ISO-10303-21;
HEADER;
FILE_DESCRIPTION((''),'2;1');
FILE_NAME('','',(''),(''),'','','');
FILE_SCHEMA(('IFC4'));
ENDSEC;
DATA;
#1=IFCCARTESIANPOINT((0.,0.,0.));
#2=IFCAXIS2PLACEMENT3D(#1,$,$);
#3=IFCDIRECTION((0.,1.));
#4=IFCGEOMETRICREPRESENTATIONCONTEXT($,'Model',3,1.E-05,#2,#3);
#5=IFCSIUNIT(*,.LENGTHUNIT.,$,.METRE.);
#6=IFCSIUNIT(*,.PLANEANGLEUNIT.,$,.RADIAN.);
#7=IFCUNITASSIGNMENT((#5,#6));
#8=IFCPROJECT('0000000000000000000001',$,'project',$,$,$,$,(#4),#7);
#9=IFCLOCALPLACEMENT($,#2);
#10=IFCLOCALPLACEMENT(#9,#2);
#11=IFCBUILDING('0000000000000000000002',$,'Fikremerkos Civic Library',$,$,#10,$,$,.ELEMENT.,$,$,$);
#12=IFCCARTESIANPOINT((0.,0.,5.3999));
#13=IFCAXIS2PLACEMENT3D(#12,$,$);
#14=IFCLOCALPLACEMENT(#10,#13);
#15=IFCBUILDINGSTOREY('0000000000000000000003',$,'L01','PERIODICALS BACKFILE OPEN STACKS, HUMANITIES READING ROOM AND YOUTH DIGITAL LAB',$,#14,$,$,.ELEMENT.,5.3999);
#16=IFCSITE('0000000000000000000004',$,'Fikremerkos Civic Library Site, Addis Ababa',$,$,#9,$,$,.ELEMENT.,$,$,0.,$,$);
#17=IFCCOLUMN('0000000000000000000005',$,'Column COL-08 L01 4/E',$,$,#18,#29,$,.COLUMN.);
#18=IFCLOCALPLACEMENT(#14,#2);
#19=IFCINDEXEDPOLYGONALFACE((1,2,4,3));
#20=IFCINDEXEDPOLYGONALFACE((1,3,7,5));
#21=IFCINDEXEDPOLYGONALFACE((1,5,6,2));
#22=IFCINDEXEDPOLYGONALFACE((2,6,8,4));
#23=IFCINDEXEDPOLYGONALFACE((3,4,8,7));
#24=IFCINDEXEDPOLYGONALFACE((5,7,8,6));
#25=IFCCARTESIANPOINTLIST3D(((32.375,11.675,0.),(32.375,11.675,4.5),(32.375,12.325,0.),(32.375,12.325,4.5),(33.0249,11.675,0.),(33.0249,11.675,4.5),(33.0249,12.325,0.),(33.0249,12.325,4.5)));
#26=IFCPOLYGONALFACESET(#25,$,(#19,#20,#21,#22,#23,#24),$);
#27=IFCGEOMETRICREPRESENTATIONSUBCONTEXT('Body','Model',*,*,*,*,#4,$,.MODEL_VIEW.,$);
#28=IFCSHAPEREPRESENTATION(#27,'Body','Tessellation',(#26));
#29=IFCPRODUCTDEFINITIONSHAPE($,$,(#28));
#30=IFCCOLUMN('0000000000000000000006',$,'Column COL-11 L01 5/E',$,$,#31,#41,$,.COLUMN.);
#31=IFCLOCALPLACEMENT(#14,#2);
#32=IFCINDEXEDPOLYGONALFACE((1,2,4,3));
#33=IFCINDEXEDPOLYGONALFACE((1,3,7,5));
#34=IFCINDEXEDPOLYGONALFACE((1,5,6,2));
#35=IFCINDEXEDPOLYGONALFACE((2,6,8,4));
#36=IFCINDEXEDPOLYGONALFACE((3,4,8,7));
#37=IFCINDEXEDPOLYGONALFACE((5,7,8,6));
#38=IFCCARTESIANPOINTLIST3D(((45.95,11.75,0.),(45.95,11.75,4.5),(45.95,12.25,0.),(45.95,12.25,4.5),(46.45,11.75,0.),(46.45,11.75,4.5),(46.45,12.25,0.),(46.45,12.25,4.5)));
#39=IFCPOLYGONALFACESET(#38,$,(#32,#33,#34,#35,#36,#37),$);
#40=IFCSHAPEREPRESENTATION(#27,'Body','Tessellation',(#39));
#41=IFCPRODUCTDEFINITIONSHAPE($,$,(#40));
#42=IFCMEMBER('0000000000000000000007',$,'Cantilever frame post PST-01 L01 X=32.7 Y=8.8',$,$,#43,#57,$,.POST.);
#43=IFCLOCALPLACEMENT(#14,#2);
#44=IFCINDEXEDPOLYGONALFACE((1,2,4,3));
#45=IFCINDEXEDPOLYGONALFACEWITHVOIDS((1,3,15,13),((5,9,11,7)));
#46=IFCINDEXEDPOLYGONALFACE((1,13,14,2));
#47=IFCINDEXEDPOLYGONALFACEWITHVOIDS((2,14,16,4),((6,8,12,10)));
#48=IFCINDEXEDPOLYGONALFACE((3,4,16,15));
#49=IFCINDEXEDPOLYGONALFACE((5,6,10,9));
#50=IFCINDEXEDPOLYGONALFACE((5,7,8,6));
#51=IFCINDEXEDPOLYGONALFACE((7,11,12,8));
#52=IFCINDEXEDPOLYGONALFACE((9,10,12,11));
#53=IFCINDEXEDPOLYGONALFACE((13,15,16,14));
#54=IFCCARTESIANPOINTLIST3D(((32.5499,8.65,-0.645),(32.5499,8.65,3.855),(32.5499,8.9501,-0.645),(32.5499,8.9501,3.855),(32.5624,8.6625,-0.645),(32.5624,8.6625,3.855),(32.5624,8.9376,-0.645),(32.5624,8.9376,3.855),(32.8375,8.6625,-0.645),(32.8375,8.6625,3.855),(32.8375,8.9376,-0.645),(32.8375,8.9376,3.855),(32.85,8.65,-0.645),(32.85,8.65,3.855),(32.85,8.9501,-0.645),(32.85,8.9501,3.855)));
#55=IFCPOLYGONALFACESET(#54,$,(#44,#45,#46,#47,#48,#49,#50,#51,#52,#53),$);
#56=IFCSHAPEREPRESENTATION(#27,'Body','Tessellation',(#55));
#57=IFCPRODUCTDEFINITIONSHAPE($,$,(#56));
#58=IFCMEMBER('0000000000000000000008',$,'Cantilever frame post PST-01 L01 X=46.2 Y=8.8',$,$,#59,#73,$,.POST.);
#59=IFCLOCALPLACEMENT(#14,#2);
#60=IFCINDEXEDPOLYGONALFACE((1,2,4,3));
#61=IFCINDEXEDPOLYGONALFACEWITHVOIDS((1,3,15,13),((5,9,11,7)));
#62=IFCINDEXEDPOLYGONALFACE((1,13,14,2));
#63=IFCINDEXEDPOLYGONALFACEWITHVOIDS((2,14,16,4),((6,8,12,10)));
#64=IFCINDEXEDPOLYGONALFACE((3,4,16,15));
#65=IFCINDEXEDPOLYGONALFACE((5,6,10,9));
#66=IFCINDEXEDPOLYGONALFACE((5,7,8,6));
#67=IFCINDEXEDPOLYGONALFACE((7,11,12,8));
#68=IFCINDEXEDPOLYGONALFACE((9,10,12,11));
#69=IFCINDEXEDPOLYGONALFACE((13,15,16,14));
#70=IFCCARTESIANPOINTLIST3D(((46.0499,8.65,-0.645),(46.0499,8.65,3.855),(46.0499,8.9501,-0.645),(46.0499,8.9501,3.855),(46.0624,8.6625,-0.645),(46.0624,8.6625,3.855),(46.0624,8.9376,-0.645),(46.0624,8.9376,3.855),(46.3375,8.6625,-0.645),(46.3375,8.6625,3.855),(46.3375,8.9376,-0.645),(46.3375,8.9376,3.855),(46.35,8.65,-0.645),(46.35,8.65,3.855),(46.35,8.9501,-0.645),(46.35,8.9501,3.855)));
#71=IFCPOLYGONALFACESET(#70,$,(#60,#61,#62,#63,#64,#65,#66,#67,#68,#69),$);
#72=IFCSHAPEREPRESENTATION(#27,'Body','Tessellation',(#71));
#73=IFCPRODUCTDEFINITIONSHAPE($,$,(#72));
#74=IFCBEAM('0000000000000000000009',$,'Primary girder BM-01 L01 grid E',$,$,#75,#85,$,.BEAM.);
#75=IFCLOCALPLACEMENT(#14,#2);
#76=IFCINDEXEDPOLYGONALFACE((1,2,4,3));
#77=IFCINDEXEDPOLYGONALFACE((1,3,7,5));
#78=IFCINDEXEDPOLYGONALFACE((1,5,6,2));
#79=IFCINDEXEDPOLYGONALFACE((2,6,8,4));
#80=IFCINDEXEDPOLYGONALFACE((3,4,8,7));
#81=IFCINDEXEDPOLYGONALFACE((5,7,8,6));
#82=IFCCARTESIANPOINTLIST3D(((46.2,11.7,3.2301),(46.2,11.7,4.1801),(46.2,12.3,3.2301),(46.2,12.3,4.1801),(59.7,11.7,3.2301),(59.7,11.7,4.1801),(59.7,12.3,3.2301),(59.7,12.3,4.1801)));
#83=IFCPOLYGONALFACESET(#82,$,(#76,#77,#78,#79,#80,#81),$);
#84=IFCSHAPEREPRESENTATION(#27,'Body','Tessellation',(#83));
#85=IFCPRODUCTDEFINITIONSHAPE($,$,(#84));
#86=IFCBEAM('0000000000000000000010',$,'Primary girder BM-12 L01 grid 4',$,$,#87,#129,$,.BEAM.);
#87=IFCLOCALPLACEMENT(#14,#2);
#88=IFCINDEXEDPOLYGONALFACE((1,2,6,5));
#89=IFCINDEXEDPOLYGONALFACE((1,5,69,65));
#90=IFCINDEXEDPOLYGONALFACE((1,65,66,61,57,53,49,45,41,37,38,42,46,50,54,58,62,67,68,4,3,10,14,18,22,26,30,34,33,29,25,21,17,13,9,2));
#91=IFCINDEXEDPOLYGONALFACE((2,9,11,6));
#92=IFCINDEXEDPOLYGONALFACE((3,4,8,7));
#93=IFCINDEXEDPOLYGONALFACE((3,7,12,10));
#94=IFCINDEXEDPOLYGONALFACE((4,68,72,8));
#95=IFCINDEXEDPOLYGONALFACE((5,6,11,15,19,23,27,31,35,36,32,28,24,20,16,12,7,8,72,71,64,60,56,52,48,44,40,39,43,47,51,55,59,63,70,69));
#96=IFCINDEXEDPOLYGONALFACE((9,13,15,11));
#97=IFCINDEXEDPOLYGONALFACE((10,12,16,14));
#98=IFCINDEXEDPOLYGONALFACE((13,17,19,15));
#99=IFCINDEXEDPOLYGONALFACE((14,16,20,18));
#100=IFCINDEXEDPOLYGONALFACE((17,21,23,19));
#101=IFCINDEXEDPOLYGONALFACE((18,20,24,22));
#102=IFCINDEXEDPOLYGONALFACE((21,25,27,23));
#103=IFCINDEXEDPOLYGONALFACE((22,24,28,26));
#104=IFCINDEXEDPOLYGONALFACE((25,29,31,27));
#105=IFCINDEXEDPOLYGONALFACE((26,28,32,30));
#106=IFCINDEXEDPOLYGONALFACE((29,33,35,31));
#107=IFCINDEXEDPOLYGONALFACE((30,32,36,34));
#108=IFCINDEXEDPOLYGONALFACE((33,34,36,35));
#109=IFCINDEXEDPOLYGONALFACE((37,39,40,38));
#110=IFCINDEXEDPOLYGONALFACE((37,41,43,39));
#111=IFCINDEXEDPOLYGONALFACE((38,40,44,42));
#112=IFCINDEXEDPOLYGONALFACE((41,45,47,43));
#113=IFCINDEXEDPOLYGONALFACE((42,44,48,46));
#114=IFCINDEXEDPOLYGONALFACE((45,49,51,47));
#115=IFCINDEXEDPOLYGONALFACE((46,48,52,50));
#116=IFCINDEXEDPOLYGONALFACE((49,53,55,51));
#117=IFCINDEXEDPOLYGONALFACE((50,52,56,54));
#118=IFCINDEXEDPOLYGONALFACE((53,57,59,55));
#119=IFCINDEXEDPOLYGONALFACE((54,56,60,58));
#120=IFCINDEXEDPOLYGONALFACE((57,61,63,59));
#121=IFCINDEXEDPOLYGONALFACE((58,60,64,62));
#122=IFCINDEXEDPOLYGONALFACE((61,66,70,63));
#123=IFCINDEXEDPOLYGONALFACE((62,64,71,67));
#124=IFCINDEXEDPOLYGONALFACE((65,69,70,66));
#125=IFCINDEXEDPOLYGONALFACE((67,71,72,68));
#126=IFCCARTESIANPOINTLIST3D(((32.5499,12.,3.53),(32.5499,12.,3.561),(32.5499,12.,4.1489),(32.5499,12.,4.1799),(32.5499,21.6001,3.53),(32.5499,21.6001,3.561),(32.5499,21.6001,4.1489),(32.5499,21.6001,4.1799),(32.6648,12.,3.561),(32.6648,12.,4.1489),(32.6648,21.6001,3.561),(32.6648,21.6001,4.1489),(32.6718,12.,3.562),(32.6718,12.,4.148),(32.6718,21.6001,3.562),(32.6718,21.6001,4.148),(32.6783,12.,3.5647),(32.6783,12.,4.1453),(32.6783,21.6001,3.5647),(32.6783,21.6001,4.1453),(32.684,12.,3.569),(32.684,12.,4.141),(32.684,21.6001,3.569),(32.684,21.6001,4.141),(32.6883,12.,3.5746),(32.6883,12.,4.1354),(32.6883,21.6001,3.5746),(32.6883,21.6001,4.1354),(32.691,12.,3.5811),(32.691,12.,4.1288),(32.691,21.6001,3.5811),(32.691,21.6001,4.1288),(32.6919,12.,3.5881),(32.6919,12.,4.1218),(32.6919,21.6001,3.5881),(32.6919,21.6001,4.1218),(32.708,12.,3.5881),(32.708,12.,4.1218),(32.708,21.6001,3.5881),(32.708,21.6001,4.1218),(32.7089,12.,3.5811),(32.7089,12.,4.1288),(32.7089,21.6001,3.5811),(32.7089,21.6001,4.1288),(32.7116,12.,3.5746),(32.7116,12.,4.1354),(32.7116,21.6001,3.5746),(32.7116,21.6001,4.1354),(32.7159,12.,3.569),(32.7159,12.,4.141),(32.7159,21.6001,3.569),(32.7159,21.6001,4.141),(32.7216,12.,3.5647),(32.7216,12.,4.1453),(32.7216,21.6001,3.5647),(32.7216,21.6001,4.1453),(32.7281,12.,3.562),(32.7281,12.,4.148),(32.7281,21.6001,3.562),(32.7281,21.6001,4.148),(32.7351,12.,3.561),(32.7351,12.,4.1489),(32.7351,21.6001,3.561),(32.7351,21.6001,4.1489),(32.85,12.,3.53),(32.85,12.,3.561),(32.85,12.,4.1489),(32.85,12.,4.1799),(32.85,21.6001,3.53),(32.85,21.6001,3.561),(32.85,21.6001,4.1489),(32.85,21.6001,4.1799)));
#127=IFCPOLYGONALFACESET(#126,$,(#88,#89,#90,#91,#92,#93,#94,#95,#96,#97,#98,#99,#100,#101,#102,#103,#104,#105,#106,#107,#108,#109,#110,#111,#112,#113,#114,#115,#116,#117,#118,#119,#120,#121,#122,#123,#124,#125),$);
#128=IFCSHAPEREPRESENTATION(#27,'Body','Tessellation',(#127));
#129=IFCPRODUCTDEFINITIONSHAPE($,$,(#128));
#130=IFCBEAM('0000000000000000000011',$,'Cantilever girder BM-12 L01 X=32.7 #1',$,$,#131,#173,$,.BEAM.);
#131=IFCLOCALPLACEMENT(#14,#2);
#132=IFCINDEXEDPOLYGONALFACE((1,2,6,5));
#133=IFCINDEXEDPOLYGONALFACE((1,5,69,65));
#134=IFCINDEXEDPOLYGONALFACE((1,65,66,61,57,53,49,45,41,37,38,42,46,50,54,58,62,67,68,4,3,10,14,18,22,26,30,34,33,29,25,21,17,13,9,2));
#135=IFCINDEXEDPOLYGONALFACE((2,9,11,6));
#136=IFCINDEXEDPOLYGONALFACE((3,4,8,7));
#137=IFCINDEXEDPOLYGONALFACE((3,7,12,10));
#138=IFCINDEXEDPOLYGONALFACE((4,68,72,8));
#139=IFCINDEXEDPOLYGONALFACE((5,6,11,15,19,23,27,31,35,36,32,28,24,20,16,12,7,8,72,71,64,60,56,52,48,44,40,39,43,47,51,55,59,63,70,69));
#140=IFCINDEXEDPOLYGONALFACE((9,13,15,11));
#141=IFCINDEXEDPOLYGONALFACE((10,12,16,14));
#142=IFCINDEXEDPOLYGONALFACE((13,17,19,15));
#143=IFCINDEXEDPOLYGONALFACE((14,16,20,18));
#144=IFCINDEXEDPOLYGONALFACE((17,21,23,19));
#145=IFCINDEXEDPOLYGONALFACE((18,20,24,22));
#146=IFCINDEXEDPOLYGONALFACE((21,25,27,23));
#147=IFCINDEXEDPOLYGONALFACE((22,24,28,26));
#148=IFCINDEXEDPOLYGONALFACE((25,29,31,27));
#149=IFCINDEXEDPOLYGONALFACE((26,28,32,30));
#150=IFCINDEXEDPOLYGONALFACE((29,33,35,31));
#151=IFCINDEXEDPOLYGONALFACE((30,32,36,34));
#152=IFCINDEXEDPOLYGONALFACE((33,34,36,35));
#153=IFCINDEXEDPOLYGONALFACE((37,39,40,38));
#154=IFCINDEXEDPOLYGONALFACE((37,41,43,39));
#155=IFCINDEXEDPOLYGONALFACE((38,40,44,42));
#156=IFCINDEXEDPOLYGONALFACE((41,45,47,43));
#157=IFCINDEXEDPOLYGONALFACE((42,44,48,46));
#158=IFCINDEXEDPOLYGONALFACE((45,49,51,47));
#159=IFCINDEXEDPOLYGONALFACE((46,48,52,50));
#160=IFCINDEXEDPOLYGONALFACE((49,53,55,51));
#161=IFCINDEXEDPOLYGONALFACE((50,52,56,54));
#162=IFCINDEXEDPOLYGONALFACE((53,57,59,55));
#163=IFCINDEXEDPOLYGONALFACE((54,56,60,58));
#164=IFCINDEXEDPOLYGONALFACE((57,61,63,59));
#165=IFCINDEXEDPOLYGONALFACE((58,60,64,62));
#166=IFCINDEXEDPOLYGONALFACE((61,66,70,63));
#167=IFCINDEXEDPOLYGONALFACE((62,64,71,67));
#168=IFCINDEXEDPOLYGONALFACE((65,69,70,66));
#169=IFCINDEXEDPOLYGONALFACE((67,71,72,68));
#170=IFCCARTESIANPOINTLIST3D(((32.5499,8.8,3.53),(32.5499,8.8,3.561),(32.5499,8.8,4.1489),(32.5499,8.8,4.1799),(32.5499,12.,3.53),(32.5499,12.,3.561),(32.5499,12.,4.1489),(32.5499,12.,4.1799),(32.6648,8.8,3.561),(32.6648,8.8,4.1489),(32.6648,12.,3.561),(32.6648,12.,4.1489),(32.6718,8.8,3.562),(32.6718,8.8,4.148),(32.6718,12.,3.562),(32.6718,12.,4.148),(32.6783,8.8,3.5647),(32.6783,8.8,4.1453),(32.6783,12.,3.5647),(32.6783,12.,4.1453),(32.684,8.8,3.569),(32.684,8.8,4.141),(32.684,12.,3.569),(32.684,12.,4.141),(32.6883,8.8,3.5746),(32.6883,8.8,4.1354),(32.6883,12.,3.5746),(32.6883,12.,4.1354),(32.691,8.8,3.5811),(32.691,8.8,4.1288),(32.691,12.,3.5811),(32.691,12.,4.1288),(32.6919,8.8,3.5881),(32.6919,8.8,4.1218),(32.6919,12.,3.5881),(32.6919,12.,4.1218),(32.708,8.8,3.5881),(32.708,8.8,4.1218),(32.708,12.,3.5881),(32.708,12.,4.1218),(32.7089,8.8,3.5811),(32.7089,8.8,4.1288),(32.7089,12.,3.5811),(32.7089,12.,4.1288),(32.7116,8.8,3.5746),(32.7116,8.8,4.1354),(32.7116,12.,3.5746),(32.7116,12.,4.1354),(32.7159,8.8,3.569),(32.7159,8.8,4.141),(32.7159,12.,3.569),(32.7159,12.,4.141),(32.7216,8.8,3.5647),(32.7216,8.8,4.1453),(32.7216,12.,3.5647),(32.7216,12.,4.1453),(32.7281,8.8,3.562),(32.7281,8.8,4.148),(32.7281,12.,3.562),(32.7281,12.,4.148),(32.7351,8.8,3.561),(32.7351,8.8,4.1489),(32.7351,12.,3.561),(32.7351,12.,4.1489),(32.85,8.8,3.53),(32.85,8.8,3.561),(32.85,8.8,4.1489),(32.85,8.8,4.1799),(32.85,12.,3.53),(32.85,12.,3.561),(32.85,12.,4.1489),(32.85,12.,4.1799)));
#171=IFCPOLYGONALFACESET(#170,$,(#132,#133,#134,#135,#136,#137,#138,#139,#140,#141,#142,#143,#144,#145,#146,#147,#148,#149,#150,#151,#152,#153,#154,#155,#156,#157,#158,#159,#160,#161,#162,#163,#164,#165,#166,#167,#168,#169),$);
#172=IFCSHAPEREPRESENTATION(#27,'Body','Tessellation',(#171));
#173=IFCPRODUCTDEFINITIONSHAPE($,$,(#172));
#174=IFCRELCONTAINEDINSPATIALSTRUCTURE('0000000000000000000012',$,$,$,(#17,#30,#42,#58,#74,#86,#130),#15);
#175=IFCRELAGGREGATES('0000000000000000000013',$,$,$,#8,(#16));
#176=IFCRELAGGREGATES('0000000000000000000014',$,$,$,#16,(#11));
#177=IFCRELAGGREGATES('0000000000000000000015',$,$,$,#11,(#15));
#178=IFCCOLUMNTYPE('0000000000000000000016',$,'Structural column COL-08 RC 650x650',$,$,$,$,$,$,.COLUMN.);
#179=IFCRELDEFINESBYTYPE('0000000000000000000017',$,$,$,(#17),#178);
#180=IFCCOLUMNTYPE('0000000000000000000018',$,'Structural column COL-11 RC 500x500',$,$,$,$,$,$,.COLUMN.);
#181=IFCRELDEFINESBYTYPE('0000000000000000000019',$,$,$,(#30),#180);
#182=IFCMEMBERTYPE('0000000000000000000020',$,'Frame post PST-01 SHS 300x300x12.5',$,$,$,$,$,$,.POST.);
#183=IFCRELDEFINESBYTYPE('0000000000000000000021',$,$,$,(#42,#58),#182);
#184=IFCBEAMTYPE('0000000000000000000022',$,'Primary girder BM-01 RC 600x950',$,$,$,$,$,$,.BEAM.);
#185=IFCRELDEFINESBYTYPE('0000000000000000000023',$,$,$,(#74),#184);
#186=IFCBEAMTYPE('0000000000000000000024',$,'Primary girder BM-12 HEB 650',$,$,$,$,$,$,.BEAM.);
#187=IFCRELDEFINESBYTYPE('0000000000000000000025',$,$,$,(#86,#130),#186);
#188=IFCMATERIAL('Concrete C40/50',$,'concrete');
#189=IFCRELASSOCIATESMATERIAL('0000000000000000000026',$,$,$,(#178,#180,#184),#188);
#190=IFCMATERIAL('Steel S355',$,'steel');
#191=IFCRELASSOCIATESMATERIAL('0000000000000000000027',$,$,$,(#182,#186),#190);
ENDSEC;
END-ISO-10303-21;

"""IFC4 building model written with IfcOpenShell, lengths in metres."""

from ifc_helpers import new_model, si_unit, direction, frame, origin, origin_2d, place, context, subcontext, project, spatial, rectangle, hollow_rectangle, i_section, extrude, material, material_profile, profile_set, type_object, element, save


model = new_model("IFC4")

# Units and contexts
model_context = context("Model", 3, precision=1e-05, world=origin(), true_north=direction((0.0, 1.0)))
body_context = subcontext(model_context, "Body", "Model", "MODEL_VIEW")
ifc_project = project(units=[si_unit("LENGTHUNIT", "METRE"), si_unit("PLANEANGLEUNIT", "RADIAN")], contexts=[model_context])

# Site, building, storey
site_placement = place(None, origin())
site = spatial("IfcSite", under=ifc_project, at=site_placement, Name="Fikremerkos Civic Library Site, Addis Ababa", CompositionType="ELEMENT", RefElevation=0.0)
building_placement = place(site_placement, origin())
building = spatial("IfcBuilding", under=site, at=building_placement, Name="Fikremerkos Civic Library", CompositionType="ELEMENT")
storey_placement = place(building_placement, frame((0.0, 0.0, 5.3999)))
storey = spatial("IfcBuildingStorey", under=building, at=storey_placement, Name="L01", Description="PERIODICALS BACKFILE OPEN STACKS, HUMANITIES READING ROOM AND YOUTH DIGITAL LAB", CompositionType="ELEMENT", Elevation=5.3999)

# Columns
ifc_material_1 = material(Name="Concrete C40/50", Category="concrete")
ifc_material_profile_1 = material_profile(ifc_material_1, rectangle(XDim=0.6499, YDim=0.6499, at=origin_2d()), Name="RC 650x650")
ifc_profile_set_1 = profile_set([ifc_material_profile_1], Name="Concrete C40/50")
column_type_1 = type_object("IfcColumnType", Name="Structural column COL-08 RC 650x650", PredefinedType="COLUMN", material=ifc_profile_set_1)
column_1_placement = place(storey_placement, frame((32.7, 12.0, 0.0), z_axis=(0.0, 0.0, 1.0), x_axis=(1.0, 0.0, 0.0)))
element("IfcColumn", 1, at=column_1_placement, inside=storey, type_object=column_type_1, Name="Column COL-08 L01 4/E", PredefinedType="COLUMN", context=body_context, shape_type="SweptSolid", body=[
    extrude(rectangle(XDim=0.6499, YDim=0.6499, at=origin_2d()), origin(), (0.0, 0.0, 1.0), 4.5),
])
ifc_material_profile_2 = material_profile(ifc_material_1, rectangle(XDim=0.5, YDim=0.5, at=origin_2d()), Name="RC 500x500")
ifc_profile_set_2 = profile_set([ifc_material_profile_2], Name="Concrete C40/50")
column_type_2 = type_object("IfcColumnType", Name="Structural column COL-11 RC 500x500", PredefinedType="COLUMN", material=ifc_profile_set_2)
column_2_placement = place(storey_placement, frame((46.2, 12.0, 0.0), z_axis=(0.0, 0.0, 1.0), x_axis=(1.0, 0.0, 0.0)))
element("IfcColumn", 2, at=column_2_placement, inside=storey, type_object=column_type_2, Name="Column COL-11 L01 5/E", PredefinedType="COLUMN", context=body_context, shape_type="SweptSolid", body=[
    extrude(rectangle(XDim=0.5, YDim=0.5, at=origin_2d()), origin(), (0.0, 0.0, 1.0), 4.5),
])

# Members
ifc_material_2 = material(Name="Steel S355", Category="steel")
ifc_material_profile_3 = material_profile(ifc_material_2, hollow_rectangle(XDim=0.3, YDim=0.3, WallThickness=0.0125, at=origin_2d()), Name="SHS 300x300x12.5")
ifc_profile_set_3 = profile_set([ifc_material_profile_3], Name="Steel S355")
member_type_1 = type_object("IfcMemberType", Name="Frame post PST-01 SHS 300x300x12.5", PredefinedType="POST", material=ifc_profile_set_3)
for number, where, z_axis, x_axis, name in (
    (3, (32.7, 8.8, -0.645), (0.0, 0.0, 1.0), (1.0, 0.0, 0.0), "Cantilever frame post PST-01 L01 X=32.7 Y=8.8"),
    (4, (46.2, 8.8, -0.645), (0.0, 0.0, 1.0), (1.0, 0.0, 0.0), "Cantilever frame post PST-01 L01 X=46.2 Y=8.8"),
):
    element("IfcMember", number, at=place(storey_placement, frame(where, z_axis=z_axis, x_axis=x_axis)), inside=storey, type_object=member_type_1, Name=name, PredefinedType="POST", context=body_context, shape_type="SweptSolid", body=[
        extrude(hollow_rectangle(XDim=0.3, YDim=0.3, WallThickness=0.0125, at=origin_2d()), origin(), (0.0, 0.0, 1.0), 4.5),
    ])

# Beams
ifc_material_profile_4 = material_profile(ifc_material_1, rectangle(XDim=0.6001, YDim=0.95, at=origin_2d()), Name="RC 600x950")
ifc_profile_set_4 = profile_set([ifc_material_profile_4], Name="Concrete C40/50")
beam_type_1 = type_object("IfcBeamType", Name="Primary girder BM-01 RC 600x950", PredefinedType="BEAM", material=ifc_profile_set_4)
beam_1_placement = place(storey_placement, frame((46.2, 12.0, 3.7051), z_axis=(1.0, 0.0, 0.0), x_axis=(0.0, 1.0, 0.0)))
element("IfcBeam", 5, at=beam_1_placement, inside=storey, type_object=beam_type_1, Name="Primary girder BM-01 L01 grid E", PredefinedType="BEAM", context=body_context, shape_type="SweptSolid", body=[
    extrude(rectangle(XDim=0.6001, YDim=0.95, at=origin_2d()), origin(), (0.0, 0.0, 1.0), 13.5),
])
ifc_material_profile_5 = material_profile(ifc_material_2, i_section(OverallWidth=0.3, OverallDepth=0.6499, WebThickness=0.0161, FlangeThickness=0.031, FilletRadius=0.0271, at=origin_2d()), Name="HEB 650")
ifc_profile_set_5 = profile_set([ifc_material_profile_5], Name="Steel S355")
beam_type_2 = type_object("IfcBeamType", Name="Primary girder BM-12 HEB 650", PredefinedType="BEAM", material=ifc_profile_set_5)
beam_2_placement = place(storey_placement, frame((32.7, 12.0, 3.855), z_axis=(0.0, 1.0, 0.0), x_axis=(-1.0, 0.0, 0.0)))
element("IfcBeam", 6, at=beam_2_placement, inside=storey, type_object=beam_type_2, Name="Primary girder BM-12 L01 grid 4", PredefinedType="BEAM", context=body_context, shape_type="SweptSolid", body=[
    extrude(i_section(OverallWidth=0.3, OverallDepth=0.6499, WebThickness=0.0161, FlangeThickness=0.031, FilletRadius=0.0271, at=origin_2d()), origin(), (0.0, 0.0, 1.0), 9.6001),
])
for number, where, z_axis, x_axis, name in (
    (7, (32.7, 12.0, 3.855), (0.0, -1.0, 0.0), (1.0, 0.0, 0.0), "Cantilever girder BM-12 L01 X=32.7 #1"),
):
    element("IfcBeam", number, at=place(storey_placement, frame(where, z_axis=z_axis, x_axis=x_axis)), inside=storey, type_object=beam_type_2, Name=name, PredefinedType="BEAM", context=body_context, shape_type="SweptSolid", body=[
        extrude(i_section(OverallWidth=0.3, OverallDepth=0.6499, WebThickness=0.0161, FlangeThickness=0.031, FilletRadius=0.0271, at=origin_2d()), origin(), (0.0, 0.0, 1.0), 3.2),
    ])

save(model, "model.ifc")
